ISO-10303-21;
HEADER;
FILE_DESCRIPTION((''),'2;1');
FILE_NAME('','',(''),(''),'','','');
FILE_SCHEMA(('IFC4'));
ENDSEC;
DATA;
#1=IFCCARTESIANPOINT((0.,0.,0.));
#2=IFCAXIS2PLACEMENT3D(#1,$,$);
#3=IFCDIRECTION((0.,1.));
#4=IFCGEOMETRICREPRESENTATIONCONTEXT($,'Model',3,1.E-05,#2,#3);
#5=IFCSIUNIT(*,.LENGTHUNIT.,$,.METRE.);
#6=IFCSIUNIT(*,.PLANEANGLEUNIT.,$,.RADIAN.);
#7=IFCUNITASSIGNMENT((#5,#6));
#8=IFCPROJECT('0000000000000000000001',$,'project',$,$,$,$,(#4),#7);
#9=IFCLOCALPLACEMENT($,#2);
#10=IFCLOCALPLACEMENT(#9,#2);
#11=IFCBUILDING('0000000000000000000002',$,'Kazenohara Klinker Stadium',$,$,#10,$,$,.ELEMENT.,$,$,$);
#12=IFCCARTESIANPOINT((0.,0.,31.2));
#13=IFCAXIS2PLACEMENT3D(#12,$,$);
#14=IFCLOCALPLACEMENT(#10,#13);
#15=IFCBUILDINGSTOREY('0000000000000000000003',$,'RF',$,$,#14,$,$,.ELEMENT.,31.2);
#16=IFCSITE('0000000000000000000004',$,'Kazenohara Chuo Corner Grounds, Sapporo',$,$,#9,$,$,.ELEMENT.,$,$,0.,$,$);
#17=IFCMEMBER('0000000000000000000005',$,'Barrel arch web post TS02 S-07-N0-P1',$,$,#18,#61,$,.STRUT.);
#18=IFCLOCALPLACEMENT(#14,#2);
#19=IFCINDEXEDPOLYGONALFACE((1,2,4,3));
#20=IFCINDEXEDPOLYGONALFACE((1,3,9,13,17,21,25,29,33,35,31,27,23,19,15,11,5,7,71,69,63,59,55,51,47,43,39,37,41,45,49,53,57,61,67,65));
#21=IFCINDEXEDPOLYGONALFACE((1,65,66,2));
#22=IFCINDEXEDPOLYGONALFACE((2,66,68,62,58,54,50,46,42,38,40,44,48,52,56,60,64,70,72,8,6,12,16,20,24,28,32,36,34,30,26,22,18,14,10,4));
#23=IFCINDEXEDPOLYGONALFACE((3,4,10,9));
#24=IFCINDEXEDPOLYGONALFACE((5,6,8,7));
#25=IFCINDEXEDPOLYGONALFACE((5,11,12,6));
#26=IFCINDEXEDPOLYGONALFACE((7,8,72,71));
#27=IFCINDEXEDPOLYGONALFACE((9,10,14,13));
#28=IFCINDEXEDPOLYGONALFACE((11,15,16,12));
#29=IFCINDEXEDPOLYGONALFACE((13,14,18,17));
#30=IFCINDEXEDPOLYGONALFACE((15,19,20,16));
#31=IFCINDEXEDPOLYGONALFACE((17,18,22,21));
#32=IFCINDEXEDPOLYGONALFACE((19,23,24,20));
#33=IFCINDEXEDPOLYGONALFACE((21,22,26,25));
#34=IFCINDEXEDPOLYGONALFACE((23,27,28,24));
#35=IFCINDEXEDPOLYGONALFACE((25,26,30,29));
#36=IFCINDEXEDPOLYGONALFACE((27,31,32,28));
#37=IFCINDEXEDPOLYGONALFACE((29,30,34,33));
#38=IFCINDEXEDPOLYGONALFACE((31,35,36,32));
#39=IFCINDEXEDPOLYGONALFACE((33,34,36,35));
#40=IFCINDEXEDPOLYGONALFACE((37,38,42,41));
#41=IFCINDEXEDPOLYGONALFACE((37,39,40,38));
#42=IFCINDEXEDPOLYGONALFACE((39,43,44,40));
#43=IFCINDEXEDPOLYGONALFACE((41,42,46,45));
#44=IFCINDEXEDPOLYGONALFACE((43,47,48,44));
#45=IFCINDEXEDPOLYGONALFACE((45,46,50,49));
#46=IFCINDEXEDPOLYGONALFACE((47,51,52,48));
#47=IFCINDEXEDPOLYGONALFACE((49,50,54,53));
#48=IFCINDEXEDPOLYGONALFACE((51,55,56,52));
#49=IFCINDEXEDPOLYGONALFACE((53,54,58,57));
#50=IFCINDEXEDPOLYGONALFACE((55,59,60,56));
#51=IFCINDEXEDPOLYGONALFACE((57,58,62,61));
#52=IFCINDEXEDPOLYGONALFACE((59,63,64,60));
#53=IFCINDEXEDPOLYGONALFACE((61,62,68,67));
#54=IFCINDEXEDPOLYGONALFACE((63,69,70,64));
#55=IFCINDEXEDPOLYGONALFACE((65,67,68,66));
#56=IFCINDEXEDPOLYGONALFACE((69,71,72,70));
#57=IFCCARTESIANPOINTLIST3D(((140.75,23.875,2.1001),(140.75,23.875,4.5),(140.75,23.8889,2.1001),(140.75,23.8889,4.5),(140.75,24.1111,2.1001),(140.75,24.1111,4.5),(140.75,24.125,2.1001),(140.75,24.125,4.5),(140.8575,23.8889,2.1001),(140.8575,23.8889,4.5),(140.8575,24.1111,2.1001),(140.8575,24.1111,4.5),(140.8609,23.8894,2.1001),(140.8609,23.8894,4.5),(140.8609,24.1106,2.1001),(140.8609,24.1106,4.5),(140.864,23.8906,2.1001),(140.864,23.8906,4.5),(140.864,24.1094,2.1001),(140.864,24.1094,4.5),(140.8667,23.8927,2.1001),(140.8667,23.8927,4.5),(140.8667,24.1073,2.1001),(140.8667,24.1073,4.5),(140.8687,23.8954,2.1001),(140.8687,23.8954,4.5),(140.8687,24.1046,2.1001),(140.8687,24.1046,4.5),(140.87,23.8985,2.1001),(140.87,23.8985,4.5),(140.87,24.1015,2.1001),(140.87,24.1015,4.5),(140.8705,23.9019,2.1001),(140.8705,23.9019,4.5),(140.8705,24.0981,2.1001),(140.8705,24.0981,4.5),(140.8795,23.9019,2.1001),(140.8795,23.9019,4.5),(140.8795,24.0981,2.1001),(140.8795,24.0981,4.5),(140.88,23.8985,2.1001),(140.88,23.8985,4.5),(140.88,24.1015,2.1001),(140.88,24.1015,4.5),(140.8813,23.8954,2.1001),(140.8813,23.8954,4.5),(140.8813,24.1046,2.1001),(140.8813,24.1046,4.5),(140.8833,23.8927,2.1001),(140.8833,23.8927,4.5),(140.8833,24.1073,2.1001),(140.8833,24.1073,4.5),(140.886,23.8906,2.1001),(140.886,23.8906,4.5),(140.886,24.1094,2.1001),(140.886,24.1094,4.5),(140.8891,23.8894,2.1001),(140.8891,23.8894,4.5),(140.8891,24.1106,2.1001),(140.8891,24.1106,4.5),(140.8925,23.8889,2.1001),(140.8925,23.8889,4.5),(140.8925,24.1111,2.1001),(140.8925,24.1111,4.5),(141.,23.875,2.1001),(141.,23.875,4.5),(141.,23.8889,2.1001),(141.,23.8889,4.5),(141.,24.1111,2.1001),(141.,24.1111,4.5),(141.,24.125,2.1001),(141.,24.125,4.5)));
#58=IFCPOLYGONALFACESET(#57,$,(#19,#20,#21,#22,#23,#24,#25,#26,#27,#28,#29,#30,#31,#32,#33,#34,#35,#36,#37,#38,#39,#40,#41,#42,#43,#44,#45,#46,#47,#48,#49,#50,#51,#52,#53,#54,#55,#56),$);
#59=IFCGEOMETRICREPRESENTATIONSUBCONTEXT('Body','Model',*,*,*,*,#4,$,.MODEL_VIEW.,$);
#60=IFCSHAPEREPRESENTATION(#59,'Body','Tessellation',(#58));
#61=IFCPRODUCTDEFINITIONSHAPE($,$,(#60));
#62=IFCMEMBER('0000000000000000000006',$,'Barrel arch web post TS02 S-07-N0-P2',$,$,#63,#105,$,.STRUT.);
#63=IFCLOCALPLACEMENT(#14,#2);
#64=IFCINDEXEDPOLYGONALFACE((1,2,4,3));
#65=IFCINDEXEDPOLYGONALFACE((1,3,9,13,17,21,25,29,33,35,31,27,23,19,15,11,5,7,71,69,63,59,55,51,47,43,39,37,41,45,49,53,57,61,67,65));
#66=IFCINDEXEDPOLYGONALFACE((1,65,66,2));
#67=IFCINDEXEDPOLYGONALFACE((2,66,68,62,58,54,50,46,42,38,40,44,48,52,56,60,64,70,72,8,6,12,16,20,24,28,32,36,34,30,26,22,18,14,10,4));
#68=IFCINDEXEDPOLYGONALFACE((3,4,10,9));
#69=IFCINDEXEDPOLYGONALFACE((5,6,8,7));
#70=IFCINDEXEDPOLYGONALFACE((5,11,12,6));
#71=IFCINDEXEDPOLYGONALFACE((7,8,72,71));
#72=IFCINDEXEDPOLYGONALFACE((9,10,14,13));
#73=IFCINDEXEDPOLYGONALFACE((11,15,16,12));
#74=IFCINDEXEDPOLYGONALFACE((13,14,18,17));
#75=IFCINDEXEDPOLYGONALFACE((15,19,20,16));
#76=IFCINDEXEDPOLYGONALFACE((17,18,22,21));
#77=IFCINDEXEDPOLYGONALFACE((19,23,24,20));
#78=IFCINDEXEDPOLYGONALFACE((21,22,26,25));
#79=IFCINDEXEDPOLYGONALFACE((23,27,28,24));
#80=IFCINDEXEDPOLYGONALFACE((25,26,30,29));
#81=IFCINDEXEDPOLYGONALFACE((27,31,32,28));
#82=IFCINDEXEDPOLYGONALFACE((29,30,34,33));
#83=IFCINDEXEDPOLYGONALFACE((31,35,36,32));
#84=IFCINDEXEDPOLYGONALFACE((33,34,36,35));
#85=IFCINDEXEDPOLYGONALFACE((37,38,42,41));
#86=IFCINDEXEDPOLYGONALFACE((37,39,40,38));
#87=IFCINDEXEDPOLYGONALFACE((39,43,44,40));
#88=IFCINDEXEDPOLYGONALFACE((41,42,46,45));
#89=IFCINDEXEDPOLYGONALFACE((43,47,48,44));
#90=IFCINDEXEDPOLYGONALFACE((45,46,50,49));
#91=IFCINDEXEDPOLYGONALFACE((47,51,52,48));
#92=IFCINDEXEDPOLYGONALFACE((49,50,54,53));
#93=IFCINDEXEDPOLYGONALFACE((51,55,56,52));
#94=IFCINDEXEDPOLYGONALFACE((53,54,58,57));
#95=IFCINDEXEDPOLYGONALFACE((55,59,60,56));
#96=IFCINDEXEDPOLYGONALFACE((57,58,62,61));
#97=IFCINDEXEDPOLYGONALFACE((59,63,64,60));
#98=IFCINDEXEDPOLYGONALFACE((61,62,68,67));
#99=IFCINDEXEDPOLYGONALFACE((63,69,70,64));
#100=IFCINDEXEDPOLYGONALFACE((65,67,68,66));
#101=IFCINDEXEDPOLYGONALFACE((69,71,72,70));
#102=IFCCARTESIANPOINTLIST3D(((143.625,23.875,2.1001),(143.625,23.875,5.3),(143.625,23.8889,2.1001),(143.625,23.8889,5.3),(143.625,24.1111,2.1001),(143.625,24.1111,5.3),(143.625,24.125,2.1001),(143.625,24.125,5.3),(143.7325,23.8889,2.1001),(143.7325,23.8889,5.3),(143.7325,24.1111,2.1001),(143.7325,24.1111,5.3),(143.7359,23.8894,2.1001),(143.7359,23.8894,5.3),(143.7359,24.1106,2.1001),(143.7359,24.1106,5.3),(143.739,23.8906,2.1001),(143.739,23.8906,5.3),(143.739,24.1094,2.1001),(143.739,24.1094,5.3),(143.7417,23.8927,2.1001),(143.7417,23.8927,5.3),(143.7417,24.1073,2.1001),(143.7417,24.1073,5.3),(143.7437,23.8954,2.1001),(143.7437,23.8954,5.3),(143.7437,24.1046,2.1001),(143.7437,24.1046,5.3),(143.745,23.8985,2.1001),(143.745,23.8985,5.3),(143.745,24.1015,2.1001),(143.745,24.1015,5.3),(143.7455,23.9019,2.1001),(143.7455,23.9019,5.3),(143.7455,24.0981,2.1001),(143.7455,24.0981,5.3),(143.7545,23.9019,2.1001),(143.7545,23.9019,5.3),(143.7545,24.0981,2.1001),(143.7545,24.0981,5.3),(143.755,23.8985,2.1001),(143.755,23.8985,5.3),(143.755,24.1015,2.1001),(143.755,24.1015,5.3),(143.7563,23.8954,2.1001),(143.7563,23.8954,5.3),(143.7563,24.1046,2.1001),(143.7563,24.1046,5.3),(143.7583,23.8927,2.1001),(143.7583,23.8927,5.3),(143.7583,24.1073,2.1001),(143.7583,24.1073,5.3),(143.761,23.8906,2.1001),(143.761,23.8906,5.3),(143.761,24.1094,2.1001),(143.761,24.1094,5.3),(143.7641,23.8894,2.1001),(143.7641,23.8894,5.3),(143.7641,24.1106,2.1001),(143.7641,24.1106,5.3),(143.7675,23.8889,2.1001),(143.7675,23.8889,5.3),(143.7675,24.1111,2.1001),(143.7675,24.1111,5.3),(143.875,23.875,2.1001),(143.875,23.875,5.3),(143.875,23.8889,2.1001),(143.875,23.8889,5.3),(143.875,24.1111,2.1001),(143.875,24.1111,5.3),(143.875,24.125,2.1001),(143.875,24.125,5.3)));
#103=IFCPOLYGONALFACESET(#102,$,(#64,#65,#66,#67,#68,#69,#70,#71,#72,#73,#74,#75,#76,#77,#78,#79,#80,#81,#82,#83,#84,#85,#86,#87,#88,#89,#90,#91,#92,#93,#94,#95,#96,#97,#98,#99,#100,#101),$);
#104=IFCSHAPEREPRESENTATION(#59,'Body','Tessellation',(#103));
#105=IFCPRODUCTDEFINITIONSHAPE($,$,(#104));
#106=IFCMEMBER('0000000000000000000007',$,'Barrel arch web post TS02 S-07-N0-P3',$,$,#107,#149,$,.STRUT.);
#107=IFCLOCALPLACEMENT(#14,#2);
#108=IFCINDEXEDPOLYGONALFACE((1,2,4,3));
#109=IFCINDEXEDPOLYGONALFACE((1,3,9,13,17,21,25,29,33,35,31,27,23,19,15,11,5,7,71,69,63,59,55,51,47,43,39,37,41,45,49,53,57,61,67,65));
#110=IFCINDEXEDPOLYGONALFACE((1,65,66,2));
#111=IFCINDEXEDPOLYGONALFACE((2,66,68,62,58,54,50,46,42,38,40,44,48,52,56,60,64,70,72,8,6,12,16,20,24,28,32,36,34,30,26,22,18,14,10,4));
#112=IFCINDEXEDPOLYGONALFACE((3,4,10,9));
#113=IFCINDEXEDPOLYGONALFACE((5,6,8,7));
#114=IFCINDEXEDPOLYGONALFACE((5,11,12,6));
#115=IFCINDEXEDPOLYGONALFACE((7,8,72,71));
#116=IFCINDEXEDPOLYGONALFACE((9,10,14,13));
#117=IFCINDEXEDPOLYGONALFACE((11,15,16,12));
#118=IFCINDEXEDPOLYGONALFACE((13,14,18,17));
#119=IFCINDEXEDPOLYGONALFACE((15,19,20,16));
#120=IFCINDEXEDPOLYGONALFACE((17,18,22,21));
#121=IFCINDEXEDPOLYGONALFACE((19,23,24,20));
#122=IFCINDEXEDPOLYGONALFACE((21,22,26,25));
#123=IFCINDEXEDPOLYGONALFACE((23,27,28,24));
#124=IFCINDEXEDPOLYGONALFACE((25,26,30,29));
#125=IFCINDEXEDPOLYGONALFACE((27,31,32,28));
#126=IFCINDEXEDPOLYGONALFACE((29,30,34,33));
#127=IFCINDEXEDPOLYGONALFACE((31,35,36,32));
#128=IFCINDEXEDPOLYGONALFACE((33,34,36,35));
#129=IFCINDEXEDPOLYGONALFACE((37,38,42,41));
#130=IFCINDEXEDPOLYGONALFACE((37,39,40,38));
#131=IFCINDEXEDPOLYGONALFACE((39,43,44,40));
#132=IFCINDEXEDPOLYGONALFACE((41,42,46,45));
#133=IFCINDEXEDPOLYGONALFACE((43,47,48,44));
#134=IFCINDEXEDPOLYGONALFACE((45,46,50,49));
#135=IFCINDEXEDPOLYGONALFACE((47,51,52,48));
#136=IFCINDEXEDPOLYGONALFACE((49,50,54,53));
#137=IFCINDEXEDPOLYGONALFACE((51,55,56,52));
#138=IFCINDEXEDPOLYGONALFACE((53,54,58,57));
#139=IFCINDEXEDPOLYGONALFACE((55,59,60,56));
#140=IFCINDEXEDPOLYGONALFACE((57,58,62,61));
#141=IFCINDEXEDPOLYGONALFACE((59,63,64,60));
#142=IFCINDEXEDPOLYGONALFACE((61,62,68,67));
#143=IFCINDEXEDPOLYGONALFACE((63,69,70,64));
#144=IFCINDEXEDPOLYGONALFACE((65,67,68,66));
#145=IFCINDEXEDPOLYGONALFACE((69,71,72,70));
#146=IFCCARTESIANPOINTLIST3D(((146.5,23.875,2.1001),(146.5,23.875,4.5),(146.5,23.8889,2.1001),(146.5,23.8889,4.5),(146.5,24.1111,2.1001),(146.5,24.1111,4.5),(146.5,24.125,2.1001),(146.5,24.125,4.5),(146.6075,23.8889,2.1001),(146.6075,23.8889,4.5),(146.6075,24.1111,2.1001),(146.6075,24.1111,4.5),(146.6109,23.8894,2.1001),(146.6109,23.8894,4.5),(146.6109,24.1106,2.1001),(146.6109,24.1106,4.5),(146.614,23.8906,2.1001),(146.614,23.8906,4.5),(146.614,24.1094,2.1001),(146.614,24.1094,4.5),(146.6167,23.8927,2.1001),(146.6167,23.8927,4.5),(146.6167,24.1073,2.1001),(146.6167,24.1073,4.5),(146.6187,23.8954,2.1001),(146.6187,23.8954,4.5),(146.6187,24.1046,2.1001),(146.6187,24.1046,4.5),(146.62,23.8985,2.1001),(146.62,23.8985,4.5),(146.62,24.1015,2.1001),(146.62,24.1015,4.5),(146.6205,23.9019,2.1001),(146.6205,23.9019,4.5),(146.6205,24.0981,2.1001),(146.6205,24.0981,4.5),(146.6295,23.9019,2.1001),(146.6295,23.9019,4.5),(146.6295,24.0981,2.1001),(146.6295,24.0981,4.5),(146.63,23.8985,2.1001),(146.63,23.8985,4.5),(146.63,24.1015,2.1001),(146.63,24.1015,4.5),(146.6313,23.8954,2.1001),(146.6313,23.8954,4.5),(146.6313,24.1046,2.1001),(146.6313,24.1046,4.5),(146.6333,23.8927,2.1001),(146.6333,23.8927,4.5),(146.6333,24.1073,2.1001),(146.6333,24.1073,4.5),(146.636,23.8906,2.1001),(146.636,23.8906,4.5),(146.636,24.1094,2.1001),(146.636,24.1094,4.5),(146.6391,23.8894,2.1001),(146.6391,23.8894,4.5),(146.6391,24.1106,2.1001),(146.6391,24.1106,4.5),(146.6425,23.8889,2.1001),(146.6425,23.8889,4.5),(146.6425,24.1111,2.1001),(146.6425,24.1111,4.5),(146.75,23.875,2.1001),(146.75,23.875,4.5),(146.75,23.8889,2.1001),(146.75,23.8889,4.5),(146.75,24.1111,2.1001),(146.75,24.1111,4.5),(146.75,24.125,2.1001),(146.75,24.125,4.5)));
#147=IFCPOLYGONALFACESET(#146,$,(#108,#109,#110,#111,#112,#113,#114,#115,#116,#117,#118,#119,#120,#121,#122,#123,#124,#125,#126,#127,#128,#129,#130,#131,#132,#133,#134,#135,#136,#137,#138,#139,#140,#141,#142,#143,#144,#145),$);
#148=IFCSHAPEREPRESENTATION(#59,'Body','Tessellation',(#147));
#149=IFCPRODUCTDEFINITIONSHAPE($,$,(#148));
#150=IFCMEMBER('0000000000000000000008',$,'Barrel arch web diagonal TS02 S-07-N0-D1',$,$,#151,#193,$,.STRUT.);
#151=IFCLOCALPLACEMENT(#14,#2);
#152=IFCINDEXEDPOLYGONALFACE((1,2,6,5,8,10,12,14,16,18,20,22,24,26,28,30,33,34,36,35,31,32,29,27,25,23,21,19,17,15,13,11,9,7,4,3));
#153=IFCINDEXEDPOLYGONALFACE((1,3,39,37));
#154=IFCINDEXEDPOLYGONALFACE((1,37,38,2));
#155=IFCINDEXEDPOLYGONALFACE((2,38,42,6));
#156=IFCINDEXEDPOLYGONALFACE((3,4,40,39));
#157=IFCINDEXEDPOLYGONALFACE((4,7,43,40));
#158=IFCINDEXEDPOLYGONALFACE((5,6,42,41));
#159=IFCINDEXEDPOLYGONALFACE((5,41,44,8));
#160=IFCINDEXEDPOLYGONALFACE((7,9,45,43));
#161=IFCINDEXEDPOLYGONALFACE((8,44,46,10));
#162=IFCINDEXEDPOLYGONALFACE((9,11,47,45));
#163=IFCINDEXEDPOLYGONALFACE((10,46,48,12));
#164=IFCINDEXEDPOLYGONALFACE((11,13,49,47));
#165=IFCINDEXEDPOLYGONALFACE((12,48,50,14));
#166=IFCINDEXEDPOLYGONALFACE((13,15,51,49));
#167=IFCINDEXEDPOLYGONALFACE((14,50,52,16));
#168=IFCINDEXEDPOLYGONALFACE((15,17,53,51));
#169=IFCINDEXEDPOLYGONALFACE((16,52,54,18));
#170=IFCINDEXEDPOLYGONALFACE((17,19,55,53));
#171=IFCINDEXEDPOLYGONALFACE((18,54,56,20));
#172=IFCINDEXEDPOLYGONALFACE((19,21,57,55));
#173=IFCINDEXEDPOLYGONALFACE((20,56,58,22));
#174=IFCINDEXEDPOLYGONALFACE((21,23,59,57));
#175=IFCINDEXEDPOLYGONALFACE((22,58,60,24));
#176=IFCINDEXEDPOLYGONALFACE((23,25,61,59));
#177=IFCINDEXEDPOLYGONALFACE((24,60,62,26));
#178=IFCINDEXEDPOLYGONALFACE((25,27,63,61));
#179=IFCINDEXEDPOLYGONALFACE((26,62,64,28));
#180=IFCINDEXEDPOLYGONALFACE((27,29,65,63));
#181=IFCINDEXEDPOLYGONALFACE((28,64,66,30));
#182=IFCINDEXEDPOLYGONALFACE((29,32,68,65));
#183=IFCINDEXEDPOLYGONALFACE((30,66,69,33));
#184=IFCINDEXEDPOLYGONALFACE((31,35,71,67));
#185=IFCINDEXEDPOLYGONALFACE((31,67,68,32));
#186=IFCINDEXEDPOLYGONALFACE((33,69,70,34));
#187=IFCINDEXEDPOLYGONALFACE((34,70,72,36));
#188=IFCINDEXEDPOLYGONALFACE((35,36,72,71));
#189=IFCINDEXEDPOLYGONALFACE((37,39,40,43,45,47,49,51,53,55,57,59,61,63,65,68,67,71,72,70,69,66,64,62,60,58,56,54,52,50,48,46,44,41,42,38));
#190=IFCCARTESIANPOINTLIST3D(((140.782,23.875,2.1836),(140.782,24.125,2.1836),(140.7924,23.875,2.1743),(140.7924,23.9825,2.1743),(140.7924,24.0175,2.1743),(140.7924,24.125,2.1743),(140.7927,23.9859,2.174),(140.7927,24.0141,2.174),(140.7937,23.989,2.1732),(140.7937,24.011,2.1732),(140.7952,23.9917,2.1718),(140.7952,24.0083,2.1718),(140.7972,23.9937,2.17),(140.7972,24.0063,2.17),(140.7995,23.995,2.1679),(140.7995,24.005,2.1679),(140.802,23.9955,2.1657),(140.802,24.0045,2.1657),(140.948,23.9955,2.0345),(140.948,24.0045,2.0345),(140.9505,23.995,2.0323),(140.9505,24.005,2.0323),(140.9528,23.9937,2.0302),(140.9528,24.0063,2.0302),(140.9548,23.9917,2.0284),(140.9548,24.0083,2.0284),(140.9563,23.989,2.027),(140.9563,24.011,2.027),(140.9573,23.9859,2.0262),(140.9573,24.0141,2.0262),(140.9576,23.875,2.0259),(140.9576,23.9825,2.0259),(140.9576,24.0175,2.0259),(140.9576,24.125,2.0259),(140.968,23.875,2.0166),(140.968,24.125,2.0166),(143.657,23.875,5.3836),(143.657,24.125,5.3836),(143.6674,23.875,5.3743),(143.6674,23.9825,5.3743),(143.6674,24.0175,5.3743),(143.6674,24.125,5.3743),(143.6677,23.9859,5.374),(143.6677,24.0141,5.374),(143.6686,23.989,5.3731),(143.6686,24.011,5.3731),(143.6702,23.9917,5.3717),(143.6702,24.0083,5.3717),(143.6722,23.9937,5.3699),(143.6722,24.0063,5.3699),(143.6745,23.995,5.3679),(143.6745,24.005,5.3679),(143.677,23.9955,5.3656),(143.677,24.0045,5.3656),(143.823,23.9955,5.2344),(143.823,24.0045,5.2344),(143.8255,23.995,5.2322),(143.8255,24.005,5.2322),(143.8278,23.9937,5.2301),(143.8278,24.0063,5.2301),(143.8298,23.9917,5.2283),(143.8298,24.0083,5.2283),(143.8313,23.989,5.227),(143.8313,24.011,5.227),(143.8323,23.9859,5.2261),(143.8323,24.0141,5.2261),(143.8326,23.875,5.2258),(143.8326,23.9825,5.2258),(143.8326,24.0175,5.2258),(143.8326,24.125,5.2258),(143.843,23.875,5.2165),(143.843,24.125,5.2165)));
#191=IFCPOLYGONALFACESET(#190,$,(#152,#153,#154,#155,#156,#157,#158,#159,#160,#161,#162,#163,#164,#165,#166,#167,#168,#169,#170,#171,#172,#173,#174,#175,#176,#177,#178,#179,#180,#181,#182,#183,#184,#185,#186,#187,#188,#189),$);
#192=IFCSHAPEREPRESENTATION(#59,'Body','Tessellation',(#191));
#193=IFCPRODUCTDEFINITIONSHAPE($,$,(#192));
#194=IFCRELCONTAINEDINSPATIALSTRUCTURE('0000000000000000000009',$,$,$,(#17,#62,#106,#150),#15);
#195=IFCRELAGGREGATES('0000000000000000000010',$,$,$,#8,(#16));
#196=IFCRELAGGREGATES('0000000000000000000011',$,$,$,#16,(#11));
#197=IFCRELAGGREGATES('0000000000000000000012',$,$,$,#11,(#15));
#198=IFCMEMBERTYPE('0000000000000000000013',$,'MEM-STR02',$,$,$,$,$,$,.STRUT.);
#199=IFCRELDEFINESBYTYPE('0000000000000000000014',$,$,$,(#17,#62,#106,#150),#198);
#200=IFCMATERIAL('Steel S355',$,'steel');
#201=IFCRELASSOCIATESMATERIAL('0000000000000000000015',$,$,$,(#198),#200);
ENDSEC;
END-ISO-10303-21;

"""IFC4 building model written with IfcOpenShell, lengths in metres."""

from ifc_helpers import new_model, si_unit, direction, frame, origin, origin_2d, place, context, subcontext, project, spatial, i_section, extrude, material, material_profile, profile_set, type_object, element, save


model = new_model("IFC4")

# Units and contexts
model_context = context("Model", 3, precision=1e-05, world=origin(), true_north=direction((0.0, 1.0)))
body_context = subcontext(model_context, "Body", "Model", "MODEL_VIEW")
ifc_project = project(units=[si_unit("LENGTHUNIT", "METRE"), si_unit("PLANEANGLEUNIT", "RADIAN")], contexts=[model_context])

# Site, building, storey
site_placement = place(None, origin())
site = spatial("IfcSite", under=ifc_project, at=site_placement, Name="Kazenohara Chuo Corner Grounds, Sapporo", CompositionType="ELEMENT", RefElevation=0.0)
building_placement = place(site_placement, origin())
building = spatial("IfcBuilding", under=site, at=building_placement, Name="Kazenohara Klinker Stadium", CompositionType="ELEMENT")
storey_placement = place(building_placement, frame((0.0, 0.0, 31.2)))
storey = spatial("IfcBuildingStorey", under=building, at=storey_placement, Name="RF", CompositionType="ELEMENT", Elevation=31.2)

# Members
ifc_material_1 = material(Name="Steel S355", Category="steel")
ifc_material_profile_1 = material_profile(ifc_material_1, i_section(OverallWidth=0.25, OverallDepth=0.25, WebThickness=0.009, FlangeThickness=0.0139, FilletRadius=0.0129, at=origin_2d()), Name="H-250x250x9x14")
ifc_profile_set_1 = profile_set([ifc_material_profile_1], Name="Steel S355")
member_type_1 = type_object("IfcMemberType", Name="MEM-STR02", PredefinedType="STRUT", material=ifc_profile_set_1)
member_1_placement = place(storey_placement, frame((140.875, 24.0, 2.1001), z_axis=(0.0, 0.0, 1.0), x_axis=(1.0, 0.0, 0.0)))
element("IfcMember", 1, at=member_1_placement, inside=storey, type_object=member_type_1, Name="Barrel arch web post TS02 S-07-N0-P1", PredefinedType="STRUT", context=body_context, shape_type="SweptSolid", body=[
    extrude(i_section(OverallWidth=0.25, OverallDepth=0.25, WebThickness=0.009, FlangeThickness=0.0139, FilletRadius=0.0129, at=origin_2d()), origin(), (0.0, 0.0, 1.0), 2.3999),
])
member_2_placement = place(storey_placement, frame((143.75, 24.0, 2.1001), z_axis=(0.0, 0.0, 1.0), x_axis=(1.0, 0.0, 0.0)))
element("IfcMember", 2, at=member_2_placement, inside=storey, type_object=member_type_1, Name="Barrel arch web post TS02 S-07-N0-P2", PredefinedType="STRUT", context=body_context, shape_type="SweptSolid", body=[
    extrude(i_section(OverallWidth=0.25, OverallDepth=0.25, WebThickness=0.009, FlangeThickness=0.0139, FilletRadius=0.0129, at=origin_2d()), origin(), (0.0, 0.0, 1.0), 3.2),
])
member_3_placement = place(storey_placement, frame((146.625, 24.0, 2.1001), z_axis=(0.0, 0.0, 1.0), x_axis=(1.0, 0.0, 0.0)))
element("IfcMember", 3, at=member_3_placement, inside=storey, type_object=member_type_1, Name="Barrel arch web post TS02 S-07-N0-P3", PredefinedType="STRUT", context=body_context, shape_type="SweptSolid", body=[
    extrude(i_section(OverallWidth=0.25, OverallDepth=0.25, WebThickness=0.009, FlangeThickness=0.0139, FilletRadius=0.0129, at=origin_2d()), origin(), (0.0, 0.0, 1.0), 2.3999),
])
for number, where, z_axis, x_axis, name in (
    (4, (140.875, 24.0, 2.1001), (0.668328, 0.0, 0.743867), (0.0, 1.0, 0.0), "Barrel arch web diagonal TS02 S-07-N0-D1"),
):
    element("IfcMember", number, at=place(storey_placement, frame(where, z_axis=z_axis, x_axis=x_axis)), inside=storey, type_object=member_type_1, Name=name, PredefinedType="STRUT", context=body_context, shape_type="SweptSolid", body=[
        extrude(i_section(OverallWidth=0.25, OverallDepth=0.25, WebThickness=0.009, FlangeThickness=0.0139, FilletRadius=0.0129, at=origin_2d()), origin(), (0.0, 0.0, 1.0), 4.3018),
    ])

save(model, "model.ifc")
